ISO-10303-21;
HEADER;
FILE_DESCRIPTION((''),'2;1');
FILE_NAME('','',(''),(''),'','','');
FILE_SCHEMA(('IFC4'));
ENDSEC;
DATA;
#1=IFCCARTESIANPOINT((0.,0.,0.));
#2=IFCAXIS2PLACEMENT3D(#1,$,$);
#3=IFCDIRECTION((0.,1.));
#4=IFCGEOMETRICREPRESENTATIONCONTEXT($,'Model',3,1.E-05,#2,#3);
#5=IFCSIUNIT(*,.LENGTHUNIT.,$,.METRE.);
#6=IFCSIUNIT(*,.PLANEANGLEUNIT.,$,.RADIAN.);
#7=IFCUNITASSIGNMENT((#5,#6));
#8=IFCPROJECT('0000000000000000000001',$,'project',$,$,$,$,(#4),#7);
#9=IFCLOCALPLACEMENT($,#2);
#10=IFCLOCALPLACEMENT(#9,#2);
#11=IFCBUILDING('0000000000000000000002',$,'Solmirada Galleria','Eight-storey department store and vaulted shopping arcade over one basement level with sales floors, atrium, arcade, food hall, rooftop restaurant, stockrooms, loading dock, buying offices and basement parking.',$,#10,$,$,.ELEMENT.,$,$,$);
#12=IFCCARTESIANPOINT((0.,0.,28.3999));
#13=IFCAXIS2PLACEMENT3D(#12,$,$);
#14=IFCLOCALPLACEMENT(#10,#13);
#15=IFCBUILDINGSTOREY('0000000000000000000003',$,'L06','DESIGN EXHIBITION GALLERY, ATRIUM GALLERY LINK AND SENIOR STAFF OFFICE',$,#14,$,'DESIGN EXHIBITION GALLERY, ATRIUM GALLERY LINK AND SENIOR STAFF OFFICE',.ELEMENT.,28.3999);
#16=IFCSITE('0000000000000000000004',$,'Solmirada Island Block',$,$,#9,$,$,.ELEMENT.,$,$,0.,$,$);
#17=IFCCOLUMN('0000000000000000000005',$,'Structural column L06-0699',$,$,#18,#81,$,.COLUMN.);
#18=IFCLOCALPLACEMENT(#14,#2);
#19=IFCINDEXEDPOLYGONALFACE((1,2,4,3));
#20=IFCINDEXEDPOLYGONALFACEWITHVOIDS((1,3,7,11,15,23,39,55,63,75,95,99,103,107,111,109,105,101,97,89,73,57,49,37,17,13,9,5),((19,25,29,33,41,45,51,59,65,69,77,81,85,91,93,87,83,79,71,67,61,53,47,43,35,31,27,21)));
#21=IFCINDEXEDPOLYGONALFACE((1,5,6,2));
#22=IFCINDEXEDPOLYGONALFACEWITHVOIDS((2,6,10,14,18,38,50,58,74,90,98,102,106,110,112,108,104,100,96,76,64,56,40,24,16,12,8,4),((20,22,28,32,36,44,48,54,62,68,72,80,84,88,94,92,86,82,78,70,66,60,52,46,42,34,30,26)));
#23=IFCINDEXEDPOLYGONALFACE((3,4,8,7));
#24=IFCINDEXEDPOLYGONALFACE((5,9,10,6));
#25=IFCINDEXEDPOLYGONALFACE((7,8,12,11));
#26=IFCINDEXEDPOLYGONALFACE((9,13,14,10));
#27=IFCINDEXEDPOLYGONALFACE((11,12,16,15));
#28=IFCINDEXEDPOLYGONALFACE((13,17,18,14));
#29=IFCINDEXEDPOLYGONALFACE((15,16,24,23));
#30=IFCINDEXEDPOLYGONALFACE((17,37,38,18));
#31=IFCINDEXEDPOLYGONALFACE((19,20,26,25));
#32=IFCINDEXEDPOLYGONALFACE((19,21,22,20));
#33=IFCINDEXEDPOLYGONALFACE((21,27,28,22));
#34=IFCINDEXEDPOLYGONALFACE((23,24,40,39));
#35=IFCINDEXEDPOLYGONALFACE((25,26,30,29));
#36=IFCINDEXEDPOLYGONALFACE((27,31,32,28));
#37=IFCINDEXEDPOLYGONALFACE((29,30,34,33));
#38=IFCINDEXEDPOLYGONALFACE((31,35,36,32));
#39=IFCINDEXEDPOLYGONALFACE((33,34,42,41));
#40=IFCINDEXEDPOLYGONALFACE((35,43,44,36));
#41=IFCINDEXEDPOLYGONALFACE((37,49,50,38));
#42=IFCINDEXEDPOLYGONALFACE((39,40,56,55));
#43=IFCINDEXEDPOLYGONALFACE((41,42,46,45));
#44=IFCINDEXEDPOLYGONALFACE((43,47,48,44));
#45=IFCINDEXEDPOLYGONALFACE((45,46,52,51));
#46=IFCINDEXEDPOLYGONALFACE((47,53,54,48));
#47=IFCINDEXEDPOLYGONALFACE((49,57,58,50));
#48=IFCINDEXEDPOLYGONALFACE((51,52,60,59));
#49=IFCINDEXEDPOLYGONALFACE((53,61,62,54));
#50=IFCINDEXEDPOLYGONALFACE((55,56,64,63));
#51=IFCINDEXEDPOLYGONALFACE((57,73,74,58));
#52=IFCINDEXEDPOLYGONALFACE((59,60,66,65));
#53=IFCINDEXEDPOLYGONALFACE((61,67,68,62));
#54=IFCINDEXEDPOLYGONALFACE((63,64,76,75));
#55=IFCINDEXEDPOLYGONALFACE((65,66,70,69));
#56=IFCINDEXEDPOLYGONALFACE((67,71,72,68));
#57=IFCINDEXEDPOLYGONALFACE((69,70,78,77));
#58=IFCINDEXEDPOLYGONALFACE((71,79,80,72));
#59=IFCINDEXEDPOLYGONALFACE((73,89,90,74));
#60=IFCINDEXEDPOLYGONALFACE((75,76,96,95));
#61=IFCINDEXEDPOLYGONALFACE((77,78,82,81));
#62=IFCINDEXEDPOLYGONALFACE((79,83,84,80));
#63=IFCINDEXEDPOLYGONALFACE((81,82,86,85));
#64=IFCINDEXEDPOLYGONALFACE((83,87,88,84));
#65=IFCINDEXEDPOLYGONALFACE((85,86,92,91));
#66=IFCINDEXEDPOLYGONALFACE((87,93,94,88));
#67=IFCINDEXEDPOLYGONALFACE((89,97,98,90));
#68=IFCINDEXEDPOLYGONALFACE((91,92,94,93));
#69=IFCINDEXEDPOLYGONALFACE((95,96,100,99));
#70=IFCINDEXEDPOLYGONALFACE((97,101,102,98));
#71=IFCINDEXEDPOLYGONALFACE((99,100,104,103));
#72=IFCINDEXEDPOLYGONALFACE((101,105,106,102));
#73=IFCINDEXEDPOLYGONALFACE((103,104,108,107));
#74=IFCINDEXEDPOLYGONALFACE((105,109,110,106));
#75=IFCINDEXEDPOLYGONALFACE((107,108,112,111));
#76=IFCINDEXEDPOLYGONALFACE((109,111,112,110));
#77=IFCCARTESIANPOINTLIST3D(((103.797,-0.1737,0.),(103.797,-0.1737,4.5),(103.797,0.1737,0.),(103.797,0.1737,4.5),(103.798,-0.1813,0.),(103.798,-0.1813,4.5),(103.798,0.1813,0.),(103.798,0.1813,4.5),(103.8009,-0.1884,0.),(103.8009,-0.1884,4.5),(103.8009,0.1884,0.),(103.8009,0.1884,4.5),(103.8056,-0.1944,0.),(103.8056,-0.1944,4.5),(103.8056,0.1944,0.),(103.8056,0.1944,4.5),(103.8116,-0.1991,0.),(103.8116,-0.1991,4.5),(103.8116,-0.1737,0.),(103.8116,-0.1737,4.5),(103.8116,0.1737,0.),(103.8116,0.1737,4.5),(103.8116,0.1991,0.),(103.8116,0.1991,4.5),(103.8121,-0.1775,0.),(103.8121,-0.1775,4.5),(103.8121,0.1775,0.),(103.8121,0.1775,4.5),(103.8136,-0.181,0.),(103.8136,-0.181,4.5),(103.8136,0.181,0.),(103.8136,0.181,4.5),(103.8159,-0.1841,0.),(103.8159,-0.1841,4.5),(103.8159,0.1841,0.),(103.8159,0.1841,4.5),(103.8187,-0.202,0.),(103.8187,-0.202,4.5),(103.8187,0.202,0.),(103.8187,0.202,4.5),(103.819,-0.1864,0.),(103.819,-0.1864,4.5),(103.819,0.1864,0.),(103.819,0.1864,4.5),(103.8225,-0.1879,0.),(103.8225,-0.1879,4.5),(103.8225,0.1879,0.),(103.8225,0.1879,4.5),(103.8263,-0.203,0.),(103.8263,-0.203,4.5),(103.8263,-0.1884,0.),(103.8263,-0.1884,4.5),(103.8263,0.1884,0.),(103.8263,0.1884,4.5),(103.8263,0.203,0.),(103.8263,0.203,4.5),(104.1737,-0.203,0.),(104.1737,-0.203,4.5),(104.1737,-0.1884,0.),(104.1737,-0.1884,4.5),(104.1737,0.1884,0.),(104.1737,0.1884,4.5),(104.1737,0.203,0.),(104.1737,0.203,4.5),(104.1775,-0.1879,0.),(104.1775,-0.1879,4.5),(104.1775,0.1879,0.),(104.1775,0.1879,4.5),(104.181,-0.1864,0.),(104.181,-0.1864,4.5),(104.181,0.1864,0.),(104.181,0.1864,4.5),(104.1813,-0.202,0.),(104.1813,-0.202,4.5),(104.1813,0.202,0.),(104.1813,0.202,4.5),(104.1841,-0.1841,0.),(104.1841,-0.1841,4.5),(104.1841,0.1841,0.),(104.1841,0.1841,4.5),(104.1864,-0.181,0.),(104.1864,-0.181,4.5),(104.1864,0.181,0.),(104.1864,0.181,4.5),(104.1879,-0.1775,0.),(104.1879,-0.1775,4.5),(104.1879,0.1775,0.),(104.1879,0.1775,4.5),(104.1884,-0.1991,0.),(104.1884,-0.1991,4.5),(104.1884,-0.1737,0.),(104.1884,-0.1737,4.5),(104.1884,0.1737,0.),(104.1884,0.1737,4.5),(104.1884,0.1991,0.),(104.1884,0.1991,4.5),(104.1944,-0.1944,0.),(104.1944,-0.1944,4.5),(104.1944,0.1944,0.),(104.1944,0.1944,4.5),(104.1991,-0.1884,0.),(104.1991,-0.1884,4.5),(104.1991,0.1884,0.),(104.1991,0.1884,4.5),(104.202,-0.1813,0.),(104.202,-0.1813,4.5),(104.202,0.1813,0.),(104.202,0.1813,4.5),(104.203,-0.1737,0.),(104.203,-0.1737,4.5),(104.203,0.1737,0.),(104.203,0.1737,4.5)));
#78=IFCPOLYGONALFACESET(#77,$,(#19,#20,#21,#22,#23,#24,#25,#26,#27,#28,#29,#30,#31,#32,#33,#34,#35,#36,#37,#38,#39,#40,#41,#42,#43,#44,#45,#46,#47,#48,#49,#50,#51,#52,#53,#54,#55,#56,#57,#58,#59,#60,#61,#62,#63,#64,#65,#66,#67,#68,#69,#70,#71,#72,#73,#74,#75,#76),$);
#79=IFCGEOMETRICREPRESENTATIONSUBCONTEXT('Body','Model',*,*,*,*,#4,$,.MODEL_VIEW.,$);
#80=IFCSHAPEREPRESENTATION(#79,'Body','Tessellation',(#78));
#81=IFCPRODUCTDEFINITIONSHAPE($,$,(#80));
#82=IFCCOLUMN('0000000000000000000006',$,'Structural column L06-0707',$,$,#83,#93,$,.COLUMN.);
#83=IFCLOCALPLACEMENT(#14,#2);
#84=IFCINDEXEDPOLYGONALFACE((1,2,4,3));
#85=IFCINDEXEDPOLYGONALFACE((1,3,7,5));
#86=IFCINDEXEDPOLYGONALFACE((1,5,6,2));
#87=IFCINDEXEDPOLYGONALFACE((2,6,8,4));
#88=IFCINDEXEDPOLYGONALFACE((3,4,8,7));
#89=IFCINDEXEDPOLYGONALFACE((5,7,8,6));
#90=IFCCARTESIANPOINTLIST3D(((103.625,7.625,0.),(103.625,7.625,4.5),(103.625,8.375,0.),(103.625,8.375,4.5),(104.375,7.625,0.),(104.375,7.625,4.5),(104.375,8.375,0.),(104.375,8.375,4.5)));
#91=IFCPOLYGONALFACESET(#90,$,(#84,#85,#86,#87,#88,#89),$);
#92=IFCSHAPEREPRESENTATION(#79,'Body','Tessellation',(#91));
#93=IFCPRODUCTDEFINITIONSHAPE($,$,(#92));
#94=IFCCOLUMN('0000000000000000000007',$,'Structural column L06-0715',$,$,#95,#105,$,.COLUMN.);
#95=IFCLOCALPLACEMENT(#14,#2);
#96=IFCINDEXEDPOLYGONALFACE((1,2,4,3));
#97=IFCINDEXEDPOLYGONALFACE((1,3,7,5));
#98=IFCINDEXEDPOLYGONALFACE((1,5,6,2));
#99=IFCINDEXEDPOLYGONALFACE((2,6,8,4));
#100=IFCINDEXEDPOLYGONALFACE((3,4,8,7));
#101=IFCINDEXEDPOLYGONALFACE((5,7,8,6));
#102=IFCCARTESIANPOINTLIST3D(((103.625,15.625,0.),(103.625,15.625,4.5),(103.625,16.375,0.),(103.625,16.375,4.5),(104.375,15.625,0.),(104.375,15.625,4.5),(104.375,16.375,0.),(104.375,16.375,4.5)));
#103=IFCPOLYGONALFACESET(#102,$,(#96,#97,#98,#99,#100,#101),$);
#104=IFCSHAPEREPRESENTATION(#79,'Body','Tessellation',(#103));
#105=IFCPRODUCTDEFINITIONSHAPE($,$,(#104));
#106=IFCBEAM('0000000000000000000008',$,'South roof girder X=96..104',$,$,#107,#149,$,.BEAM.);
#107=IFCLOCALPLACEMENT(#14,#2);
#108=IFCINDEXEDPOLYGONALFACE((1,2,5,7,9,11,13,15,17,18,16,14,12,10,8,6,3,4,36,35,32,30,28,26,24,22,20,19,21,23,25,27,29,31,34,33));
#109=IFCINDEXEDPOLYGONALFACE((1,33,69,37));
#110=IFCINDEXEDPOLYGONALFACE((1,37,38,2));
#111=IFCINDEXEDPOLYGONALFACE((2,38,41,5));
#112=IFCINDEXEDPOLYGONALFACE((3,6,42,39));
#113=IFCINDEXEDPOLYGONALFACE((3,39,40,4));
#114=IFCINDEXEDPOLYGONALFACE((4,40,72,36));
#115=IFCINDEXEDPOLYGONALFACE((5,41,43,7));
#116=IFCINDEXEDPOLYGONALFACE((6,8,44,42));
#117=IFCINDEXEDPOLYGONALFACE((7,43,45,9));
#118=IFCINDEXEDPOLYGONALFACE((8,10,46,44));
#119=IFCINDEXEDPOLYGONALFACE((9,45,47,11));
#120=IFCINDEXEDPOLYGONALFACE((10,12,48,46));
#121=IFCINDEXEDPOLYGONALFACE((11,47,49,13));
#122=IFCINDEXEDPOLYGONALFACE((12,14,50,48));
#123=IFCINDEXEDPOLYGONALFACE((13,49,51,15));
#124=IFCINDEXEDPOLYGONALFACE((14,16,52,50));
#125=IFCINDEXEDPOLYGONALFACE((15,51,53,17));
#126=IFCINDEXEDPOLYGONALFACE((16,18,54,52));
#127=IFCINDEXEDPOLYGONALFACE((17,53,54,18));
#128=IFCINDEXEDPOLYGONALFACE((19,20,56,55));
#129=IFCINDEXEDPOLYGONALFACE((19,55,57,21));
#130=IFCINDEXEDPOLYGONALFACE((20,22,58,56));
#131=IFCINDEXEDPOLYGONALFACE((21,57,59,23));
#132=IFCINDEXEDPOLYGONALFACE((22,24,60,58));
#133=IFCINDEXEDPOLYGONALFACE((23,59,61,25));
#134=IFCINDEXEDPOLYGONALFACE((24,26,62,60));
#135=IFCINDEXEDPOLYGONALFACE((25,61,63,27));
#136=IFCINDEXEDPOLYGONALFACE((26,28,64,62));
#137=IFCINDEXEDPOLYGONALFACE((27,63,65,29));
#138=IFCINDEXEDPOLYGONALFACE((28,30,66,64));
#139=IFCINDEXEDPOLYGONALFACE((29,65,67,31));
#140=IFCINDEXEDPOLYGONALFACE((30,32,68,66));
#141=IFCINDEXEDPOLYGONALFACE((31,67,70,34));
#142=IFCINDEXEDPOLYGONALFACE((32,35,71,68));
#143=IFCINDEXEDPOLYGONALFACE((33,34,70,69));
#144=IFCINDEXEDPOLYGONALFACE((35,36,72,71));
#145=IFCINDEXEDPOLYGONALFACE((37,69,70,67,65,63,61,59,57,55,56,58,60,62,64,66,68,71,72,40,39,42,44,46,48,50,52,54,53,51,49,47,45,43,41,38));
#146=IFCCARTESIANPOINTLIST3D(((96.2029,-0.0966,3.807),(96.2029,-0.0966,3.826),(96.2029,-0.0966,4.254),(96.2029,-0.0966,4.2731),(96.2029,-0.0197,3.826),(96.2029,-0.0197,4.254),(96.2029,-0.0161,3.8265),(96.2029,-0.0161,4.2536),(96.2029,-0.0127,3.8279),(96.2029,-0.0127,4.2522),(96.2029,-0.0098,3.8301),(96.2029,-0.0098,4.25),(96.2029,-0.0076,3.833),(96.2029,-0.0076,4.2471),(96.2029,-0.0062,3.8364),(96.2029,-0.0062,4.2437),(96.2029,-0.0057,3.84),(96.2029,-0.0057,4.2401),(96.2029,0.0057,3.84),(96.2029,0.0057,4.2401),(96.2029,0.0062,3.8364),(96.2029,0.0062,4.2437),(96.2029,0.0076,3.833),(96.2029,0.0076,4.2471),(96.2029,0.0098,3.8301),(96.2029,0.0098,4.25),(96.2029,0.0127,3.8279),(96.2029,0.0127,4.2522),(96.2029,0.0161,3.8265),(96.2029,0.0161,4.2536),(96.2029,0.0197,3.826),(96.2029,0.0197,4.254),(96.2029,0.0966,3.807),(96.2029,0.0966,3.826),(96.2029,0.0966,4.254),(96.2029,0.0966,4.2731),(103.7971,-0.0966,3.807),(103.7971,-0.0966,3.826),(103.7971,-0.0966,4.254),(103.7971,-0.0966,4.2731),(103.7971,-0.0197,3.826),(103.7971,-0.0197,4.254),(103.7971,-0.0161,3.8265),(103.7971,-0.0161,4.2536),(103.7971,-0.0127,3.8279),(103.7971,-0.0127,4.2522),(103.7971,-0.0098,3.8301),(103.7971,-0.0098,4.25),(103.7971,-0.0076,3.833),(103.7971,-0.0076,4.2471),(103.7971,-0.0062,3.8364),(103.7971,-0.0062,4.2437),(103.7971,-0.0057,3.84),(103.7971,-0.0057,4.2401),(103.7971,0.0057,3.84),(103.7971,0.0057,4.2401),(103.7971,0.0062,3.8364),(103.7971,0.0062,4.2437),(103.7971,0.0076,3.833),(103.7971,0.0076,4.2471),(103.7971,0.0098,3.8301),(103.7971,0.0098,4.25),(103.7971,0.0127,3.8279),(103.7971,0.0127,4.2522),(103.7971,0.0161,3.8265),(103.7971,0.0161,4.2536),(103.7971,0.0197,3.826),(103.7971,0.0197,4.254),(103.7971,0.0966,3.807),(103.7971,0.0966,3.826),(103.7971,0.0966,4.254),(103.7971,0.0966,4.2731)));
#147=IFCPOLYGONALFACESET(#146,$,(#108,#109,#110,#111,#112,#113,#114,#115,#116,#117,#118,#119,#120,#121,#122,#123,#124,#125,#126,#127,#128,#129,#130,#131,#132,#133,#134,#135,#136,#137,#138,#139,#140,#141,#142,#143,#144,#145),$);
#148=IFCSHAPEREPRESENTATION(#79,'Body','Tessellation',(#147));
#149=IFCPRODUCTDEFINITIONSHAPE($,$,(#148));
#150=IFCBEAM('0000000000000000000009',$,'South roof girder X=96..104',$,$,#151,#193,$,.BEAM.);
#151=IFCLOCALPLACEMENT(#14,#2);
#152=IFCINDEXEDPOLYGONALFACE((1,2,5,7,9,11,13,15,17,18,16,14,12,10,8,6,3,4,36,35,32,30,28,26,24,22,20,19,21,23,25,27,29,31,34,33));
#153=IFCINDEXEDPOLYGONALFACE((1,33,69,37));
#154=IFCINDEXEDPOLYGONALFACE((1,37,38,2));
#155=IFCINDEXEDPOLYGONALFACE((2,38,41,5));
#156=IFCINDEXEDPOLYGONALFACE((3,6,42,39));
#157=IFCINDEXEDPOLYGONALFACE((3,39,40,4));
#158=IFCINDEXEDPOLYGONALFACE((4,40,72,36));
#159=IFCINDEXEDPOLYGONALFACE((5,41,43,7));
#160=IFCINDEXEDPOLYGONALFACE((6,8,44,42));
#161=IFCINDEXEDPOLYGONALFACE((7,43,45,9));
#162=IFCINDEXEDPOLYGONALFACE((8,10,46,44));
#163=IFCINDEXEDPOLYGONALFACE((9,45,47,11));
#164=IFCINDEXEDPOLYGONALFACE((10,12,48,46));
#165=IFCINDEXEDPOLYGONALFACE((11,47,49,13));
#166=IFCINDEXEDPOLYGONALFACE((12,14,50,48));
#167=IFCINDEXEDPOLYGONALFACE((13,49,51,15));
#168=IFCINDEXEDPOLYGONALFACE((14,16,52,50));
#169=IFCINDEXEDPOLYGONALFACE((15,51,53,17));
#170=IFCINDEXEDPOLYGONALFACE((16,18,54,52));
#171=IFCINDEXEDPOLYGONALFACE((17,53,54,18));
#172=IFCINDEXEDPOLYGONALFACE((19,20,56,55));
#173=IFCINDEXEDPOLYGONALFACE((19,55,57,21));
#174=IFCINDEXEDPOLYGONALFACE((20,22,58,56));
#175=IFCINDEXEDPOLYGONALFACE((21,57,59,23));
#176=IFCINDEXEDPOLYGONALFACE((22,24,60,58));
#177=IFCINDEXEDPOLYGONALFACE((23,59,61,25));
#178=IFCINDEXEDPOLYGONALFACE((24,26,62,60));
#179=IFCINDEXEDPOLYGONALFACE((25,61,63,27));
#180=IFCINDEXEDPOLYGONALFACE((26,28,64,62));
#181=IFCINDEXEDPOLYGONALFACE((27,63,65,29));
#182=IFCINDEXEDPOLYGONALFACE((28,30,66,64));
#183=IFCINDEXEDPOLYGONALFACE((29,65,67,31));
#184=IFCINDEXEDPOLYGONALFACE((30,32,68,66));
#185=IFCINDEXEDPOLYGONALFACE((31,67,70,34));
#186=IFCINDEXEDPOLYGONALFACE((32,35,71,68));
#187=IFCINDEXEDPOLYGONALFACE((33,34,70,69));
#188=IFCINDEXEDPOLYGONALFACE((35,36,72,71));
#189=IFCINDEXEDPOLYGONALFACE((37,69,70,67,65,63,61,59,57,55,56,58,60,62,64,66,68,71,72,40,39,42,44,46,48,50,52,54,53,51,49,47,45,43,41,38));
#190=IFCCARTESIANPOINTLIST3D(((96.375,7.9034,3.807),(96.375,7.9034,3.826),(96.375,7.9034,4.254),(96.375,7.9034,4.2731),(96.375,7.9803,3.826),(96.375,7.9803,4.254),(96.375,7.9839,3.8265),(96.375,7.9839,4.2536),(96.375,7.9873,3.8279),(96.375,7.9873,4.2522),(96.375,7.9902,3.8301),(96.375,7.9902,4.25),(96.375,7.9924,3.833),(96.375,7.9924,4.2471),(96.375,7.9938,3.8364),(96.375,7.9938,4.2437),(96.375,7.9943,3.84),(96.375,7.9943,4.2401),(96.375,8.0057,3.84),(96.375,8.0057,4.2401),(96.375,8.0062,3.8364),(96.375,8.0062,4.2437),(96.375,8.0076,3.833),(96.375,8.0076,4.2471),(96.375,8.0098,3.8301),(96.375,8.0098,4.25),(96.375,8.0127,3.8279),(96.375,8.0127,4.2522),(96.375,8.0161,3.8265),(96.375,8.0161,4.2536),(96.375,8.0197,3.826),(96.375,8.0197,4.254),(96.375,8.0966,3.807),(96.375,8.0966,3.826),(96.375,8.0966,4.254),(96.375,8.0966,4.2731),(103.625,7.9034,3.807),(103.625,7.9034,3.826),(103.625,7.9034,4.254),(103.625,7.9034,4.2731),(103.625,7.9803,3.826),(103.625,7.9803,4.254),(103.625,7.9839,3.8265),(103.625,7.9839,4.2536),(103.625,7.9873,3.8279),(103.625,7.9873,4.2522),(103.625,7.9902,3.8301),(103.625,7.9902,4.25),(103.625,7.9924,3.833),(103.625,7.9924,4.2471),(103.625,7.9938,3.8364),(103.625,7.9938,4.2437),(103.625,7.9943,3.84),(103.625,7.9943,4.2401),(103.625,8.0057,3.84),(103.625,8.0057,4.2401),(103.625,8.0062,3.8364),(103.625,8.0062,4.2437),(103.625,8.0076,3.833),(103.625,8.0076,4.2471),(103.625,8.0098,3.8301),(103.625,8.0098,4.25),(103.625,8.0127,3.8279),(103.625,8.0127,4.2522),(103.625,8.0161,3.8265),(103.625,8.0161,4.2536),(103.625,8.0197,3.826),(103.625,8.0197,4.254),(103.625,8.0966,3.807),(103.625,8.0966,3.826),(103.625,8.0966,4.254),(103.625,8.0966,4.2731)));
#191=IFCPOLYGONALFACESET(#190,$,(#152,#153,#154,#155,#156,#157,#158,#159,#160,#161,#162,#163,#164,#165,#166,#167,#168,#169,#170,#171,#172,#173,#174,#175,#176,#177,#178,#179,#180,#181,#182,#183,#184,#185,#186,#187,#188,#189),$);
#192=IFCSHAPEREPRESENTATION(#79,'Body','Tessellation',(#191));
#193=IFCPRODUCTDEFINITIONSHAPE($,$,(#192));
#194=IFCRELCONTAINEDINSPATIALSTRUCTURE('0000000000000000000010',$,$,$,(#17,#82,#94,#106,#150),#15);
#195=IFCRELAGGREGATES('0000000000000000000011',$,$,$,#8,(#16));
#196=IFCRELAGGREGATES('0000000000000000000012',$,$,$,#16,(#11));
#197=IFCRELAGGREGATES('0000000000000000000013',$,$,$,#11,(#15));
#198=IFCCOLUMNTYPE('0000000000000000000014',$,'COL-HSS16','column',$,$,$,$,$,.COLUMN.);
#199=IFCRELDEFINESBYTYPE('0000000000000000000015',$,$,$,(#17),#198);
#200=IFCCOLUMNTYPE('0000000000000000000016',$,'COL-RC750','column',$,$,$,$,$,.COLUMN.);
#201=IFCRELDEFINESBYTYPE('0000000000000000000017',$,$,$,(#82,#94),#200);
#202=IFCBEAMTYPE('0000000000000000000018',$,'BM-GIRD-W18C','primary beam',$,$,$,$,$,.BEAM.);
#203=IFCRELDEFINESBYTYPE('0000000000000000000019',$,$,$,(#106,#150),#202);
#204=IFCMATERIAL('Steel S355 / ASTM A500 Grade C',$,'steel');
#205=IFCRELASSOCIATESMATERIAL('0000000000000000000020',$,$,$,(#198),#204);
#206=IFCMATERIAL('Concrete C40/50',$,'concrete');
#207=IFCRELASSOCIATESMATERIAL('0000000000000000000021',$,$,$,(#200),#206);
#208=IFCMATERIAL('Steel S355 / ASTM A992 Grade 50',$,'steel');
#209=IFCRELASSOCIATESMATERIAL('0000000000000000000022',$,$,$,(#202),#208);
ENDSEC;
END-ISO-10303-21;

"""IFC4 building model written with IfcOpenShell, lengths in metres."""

from ifc_helpers import new_model, si_unit, direction, frame, origin, origin_2d, place, context, subcontext, project, spatial, rectangle, hollow_rectangle, i_section, extrude, material, material_profile, profile_set, type_object, element, save


model = new_model("IFC4")

# Units and contexts
model_context = context("Model", 3, precision=1e-05, world=origin(), true_north=direction((0.0, 1.0)))
body_context = subcontext(model_context, "Body", "Model", "MODEL_VIEW")
ifc_project = project(units=[si_unit("LENGTHUNIT", "METRE"), si_unit("PLANEANGLEUNIT", "RADIAN")], contexts=[model_context])

# Site, building, storey
site_placement = place(None, origin())
site = spatial("IfcSite", under=ifc_project, at=site_placement, Name="Solmirada Island Block", CompositionType="ELEMENT", RefElevation=0.0)
building_placement = place(site_placement, origin())
building = spatial("IfcBuilding", under=site, at=building_placement, Name="Solmirada Galleria", Description="Eight-storey department store and vaulted shopping arcade over one basement level with sales floors, atrium, arcade, food hall, rooftop restaurant, stockrooms, loading dock, buying offices and basement parking.", CompositionType="ELEMENT")
storey_placement = place(building_placement, frame((0.0, 0.0, 28.3999)))
storey = spatial("IfcBuildingStorey", under=building, at=storey_placement, Name="L06", Description="DESIGN EXHIBITION GALLERY, ATRIUM GALLERY LINK AND SENIOR STAFF OFFICE", LongName="DESIGN EXHIBITION GALLERY, ATRIUM GALLERY LINK AND SENIOR STAFF OFFICE", CompositionType="ELEMENT", Elevation=28.3999)

# Columns
ifc_material_1 = material(Name="Steel S355 / ASTM A500 Grade C", Category="steel")
ifc_material_profile_1 = material_profile(ifc_material_1, hollow_rectangle(XDim=0.406, YDim=0.406, WallThickness=0.0146, InnerFilletRadius=0.0146, OuterFilletRadius=0.0293, at=origin_2d()), Name="HSS16X16X5/8")
ifc_profile_set_1 = profile_set([ifc_material_profile_1], Name="Steel S355 / ASTM A500 Grade C")
column_type_1 = type_object("IfcColumnType", Name="COL-HSS16", Description="column", PredefinedType="COLUMN", material=ifc_profile_set_1)
column_placement = place(storey_placement, frame((104.0, 0.0, 0.0), z_axis=(0.0, 0.0, 1.0), x_axis=(1.0, 0.0, 0.0)))
element("IfcColumn", 1, at=column_placement, inside=storey, type_object=column_type_1, Name="Structural column L06-0699", PredefinedType="COLUMN", context=body_context, shape_type="SweptSolid", body=[
    extrude(hollow_rectangle(XDim=0.406, YDim=0.406, WallThickness=0.0146, InnerFilletRadius=0.0146, OuterFilletRadius=0.0293, at=origin_2d()), origin(), (0.0, 0.0, 1.0), 4.5),
])
ifc_material_2 = material(Name="Concrete C40/50", Category="concrete")
ifc_material_profile_2 = material_profile(ifc_material_2, rectangle(XDim=0.75, YDim=0.75, at=origin_2d()), Name="RC750X750")
ifc_profile_set_2 = profile_set([ifc_material_profile_2], Name="Concrete C40/50")
column_type_2 = type_object("IfcColumnType", Name="COL-RC750", Description="column", PredefinedType="COLUMN", material=ifc_profile_set_2)
for number, where, z_axis, x_axis, name in (
    (2, (104.0, 8.0, 0.0), (0.0, 0.0, 1.0), (1.0, 0.0, 0.0), "Structural column L06-0707"),
    (3, (104.0, 16.0, 0.0), (0.0, 0.0, 1.0), (1.0, 0.0, 0.0), "Structural column L06-0715"),
):
    element("IfcColumn", number, at=place(storey_placement, frame(where, z_axis=z_axis, x_axis=x_axis)), inside=storey, type_object=column_type_2, Name=name, PredefinedType="COLUMN", context=body_context, shape_type="SweptSolid", body=[
        extrude(rectangle(XDim=0.75, YDim=0.75, at=origin_2d()), origin(), (0.0, 0.0, 1.0), 4.5),
    ])

# Beams
ifc_material_3 = material(Name="Steel S355 / ASTM A992 Grade 50", Category="steel")
ifc_material_profile_3 = material_profile(ifc_material_3, i_section(OverallWidth=0.1931, OverallDepth=0.4661, WebThickness=0.0115, FlangeThickness=0.019, FilletRadius=0.0139, at=origin_2d()), Name="W18X65")
ifc_profile_set_3 = profile_set([ifc_material_profile_3], Name="Steel S355 / ASTM A992 Grade 50")
beam_type = type_object("IfcBeamType", Name="BM-GIRD-W18C", Description="primary beam", PredefinedType="BEAM", material=ifc_profile_set_3)
beam_1_placement = place(storey_placement, frame((96.2029, 0.0, 4.04), z_axis=(1.0, 0.0, 0.0), x_axis=(0.0, 1.0, 0.0)))
element("IfcBeam", 4, at=beam_1_placement, inside=storey, type_object=beam_type, Name="South roof girder X=96..104", PredefinedType="BEAM", context=body_context, shape_type="SweptSolid", body=[
    extrude(i_section(OverallWidth=0.1931, OverallDepth=0.4661, WebThickness=0.0115, FlangeThickness=0.019, FilletRadius=0.0139, at=origin_2d()), origin(), (0.0, 0.0, 1.0), 7.5942),
])
for number, where, z_axis, x_axis, name in (
    (5, (96.375, 8.0, 4.04), (1.0, 0.0, 0.0), (0.0, 1.0, 0.0), "South roof girder X=96..104"),
):
    element("IfcBeam", number, at=place(storey_placement, frame(where, z_axis=z_axis, x_axis=x_axis)), inside=storey, type_object=beam_type, Name=name, PredefinedType="BEAM", context=body_context, shape_type="SweptSolid", body=[
        extrude(i_section(OverallWidth=0.1931, OverallDepth=0.4661, WebThickness=0.0115, FlangeThickness=0.019, FilletRadius=0.0139, at=origin_2d()), origin(), (0.0, 0.0, 1.0), 7.25),
    ])

save(model, "model.ifc")
